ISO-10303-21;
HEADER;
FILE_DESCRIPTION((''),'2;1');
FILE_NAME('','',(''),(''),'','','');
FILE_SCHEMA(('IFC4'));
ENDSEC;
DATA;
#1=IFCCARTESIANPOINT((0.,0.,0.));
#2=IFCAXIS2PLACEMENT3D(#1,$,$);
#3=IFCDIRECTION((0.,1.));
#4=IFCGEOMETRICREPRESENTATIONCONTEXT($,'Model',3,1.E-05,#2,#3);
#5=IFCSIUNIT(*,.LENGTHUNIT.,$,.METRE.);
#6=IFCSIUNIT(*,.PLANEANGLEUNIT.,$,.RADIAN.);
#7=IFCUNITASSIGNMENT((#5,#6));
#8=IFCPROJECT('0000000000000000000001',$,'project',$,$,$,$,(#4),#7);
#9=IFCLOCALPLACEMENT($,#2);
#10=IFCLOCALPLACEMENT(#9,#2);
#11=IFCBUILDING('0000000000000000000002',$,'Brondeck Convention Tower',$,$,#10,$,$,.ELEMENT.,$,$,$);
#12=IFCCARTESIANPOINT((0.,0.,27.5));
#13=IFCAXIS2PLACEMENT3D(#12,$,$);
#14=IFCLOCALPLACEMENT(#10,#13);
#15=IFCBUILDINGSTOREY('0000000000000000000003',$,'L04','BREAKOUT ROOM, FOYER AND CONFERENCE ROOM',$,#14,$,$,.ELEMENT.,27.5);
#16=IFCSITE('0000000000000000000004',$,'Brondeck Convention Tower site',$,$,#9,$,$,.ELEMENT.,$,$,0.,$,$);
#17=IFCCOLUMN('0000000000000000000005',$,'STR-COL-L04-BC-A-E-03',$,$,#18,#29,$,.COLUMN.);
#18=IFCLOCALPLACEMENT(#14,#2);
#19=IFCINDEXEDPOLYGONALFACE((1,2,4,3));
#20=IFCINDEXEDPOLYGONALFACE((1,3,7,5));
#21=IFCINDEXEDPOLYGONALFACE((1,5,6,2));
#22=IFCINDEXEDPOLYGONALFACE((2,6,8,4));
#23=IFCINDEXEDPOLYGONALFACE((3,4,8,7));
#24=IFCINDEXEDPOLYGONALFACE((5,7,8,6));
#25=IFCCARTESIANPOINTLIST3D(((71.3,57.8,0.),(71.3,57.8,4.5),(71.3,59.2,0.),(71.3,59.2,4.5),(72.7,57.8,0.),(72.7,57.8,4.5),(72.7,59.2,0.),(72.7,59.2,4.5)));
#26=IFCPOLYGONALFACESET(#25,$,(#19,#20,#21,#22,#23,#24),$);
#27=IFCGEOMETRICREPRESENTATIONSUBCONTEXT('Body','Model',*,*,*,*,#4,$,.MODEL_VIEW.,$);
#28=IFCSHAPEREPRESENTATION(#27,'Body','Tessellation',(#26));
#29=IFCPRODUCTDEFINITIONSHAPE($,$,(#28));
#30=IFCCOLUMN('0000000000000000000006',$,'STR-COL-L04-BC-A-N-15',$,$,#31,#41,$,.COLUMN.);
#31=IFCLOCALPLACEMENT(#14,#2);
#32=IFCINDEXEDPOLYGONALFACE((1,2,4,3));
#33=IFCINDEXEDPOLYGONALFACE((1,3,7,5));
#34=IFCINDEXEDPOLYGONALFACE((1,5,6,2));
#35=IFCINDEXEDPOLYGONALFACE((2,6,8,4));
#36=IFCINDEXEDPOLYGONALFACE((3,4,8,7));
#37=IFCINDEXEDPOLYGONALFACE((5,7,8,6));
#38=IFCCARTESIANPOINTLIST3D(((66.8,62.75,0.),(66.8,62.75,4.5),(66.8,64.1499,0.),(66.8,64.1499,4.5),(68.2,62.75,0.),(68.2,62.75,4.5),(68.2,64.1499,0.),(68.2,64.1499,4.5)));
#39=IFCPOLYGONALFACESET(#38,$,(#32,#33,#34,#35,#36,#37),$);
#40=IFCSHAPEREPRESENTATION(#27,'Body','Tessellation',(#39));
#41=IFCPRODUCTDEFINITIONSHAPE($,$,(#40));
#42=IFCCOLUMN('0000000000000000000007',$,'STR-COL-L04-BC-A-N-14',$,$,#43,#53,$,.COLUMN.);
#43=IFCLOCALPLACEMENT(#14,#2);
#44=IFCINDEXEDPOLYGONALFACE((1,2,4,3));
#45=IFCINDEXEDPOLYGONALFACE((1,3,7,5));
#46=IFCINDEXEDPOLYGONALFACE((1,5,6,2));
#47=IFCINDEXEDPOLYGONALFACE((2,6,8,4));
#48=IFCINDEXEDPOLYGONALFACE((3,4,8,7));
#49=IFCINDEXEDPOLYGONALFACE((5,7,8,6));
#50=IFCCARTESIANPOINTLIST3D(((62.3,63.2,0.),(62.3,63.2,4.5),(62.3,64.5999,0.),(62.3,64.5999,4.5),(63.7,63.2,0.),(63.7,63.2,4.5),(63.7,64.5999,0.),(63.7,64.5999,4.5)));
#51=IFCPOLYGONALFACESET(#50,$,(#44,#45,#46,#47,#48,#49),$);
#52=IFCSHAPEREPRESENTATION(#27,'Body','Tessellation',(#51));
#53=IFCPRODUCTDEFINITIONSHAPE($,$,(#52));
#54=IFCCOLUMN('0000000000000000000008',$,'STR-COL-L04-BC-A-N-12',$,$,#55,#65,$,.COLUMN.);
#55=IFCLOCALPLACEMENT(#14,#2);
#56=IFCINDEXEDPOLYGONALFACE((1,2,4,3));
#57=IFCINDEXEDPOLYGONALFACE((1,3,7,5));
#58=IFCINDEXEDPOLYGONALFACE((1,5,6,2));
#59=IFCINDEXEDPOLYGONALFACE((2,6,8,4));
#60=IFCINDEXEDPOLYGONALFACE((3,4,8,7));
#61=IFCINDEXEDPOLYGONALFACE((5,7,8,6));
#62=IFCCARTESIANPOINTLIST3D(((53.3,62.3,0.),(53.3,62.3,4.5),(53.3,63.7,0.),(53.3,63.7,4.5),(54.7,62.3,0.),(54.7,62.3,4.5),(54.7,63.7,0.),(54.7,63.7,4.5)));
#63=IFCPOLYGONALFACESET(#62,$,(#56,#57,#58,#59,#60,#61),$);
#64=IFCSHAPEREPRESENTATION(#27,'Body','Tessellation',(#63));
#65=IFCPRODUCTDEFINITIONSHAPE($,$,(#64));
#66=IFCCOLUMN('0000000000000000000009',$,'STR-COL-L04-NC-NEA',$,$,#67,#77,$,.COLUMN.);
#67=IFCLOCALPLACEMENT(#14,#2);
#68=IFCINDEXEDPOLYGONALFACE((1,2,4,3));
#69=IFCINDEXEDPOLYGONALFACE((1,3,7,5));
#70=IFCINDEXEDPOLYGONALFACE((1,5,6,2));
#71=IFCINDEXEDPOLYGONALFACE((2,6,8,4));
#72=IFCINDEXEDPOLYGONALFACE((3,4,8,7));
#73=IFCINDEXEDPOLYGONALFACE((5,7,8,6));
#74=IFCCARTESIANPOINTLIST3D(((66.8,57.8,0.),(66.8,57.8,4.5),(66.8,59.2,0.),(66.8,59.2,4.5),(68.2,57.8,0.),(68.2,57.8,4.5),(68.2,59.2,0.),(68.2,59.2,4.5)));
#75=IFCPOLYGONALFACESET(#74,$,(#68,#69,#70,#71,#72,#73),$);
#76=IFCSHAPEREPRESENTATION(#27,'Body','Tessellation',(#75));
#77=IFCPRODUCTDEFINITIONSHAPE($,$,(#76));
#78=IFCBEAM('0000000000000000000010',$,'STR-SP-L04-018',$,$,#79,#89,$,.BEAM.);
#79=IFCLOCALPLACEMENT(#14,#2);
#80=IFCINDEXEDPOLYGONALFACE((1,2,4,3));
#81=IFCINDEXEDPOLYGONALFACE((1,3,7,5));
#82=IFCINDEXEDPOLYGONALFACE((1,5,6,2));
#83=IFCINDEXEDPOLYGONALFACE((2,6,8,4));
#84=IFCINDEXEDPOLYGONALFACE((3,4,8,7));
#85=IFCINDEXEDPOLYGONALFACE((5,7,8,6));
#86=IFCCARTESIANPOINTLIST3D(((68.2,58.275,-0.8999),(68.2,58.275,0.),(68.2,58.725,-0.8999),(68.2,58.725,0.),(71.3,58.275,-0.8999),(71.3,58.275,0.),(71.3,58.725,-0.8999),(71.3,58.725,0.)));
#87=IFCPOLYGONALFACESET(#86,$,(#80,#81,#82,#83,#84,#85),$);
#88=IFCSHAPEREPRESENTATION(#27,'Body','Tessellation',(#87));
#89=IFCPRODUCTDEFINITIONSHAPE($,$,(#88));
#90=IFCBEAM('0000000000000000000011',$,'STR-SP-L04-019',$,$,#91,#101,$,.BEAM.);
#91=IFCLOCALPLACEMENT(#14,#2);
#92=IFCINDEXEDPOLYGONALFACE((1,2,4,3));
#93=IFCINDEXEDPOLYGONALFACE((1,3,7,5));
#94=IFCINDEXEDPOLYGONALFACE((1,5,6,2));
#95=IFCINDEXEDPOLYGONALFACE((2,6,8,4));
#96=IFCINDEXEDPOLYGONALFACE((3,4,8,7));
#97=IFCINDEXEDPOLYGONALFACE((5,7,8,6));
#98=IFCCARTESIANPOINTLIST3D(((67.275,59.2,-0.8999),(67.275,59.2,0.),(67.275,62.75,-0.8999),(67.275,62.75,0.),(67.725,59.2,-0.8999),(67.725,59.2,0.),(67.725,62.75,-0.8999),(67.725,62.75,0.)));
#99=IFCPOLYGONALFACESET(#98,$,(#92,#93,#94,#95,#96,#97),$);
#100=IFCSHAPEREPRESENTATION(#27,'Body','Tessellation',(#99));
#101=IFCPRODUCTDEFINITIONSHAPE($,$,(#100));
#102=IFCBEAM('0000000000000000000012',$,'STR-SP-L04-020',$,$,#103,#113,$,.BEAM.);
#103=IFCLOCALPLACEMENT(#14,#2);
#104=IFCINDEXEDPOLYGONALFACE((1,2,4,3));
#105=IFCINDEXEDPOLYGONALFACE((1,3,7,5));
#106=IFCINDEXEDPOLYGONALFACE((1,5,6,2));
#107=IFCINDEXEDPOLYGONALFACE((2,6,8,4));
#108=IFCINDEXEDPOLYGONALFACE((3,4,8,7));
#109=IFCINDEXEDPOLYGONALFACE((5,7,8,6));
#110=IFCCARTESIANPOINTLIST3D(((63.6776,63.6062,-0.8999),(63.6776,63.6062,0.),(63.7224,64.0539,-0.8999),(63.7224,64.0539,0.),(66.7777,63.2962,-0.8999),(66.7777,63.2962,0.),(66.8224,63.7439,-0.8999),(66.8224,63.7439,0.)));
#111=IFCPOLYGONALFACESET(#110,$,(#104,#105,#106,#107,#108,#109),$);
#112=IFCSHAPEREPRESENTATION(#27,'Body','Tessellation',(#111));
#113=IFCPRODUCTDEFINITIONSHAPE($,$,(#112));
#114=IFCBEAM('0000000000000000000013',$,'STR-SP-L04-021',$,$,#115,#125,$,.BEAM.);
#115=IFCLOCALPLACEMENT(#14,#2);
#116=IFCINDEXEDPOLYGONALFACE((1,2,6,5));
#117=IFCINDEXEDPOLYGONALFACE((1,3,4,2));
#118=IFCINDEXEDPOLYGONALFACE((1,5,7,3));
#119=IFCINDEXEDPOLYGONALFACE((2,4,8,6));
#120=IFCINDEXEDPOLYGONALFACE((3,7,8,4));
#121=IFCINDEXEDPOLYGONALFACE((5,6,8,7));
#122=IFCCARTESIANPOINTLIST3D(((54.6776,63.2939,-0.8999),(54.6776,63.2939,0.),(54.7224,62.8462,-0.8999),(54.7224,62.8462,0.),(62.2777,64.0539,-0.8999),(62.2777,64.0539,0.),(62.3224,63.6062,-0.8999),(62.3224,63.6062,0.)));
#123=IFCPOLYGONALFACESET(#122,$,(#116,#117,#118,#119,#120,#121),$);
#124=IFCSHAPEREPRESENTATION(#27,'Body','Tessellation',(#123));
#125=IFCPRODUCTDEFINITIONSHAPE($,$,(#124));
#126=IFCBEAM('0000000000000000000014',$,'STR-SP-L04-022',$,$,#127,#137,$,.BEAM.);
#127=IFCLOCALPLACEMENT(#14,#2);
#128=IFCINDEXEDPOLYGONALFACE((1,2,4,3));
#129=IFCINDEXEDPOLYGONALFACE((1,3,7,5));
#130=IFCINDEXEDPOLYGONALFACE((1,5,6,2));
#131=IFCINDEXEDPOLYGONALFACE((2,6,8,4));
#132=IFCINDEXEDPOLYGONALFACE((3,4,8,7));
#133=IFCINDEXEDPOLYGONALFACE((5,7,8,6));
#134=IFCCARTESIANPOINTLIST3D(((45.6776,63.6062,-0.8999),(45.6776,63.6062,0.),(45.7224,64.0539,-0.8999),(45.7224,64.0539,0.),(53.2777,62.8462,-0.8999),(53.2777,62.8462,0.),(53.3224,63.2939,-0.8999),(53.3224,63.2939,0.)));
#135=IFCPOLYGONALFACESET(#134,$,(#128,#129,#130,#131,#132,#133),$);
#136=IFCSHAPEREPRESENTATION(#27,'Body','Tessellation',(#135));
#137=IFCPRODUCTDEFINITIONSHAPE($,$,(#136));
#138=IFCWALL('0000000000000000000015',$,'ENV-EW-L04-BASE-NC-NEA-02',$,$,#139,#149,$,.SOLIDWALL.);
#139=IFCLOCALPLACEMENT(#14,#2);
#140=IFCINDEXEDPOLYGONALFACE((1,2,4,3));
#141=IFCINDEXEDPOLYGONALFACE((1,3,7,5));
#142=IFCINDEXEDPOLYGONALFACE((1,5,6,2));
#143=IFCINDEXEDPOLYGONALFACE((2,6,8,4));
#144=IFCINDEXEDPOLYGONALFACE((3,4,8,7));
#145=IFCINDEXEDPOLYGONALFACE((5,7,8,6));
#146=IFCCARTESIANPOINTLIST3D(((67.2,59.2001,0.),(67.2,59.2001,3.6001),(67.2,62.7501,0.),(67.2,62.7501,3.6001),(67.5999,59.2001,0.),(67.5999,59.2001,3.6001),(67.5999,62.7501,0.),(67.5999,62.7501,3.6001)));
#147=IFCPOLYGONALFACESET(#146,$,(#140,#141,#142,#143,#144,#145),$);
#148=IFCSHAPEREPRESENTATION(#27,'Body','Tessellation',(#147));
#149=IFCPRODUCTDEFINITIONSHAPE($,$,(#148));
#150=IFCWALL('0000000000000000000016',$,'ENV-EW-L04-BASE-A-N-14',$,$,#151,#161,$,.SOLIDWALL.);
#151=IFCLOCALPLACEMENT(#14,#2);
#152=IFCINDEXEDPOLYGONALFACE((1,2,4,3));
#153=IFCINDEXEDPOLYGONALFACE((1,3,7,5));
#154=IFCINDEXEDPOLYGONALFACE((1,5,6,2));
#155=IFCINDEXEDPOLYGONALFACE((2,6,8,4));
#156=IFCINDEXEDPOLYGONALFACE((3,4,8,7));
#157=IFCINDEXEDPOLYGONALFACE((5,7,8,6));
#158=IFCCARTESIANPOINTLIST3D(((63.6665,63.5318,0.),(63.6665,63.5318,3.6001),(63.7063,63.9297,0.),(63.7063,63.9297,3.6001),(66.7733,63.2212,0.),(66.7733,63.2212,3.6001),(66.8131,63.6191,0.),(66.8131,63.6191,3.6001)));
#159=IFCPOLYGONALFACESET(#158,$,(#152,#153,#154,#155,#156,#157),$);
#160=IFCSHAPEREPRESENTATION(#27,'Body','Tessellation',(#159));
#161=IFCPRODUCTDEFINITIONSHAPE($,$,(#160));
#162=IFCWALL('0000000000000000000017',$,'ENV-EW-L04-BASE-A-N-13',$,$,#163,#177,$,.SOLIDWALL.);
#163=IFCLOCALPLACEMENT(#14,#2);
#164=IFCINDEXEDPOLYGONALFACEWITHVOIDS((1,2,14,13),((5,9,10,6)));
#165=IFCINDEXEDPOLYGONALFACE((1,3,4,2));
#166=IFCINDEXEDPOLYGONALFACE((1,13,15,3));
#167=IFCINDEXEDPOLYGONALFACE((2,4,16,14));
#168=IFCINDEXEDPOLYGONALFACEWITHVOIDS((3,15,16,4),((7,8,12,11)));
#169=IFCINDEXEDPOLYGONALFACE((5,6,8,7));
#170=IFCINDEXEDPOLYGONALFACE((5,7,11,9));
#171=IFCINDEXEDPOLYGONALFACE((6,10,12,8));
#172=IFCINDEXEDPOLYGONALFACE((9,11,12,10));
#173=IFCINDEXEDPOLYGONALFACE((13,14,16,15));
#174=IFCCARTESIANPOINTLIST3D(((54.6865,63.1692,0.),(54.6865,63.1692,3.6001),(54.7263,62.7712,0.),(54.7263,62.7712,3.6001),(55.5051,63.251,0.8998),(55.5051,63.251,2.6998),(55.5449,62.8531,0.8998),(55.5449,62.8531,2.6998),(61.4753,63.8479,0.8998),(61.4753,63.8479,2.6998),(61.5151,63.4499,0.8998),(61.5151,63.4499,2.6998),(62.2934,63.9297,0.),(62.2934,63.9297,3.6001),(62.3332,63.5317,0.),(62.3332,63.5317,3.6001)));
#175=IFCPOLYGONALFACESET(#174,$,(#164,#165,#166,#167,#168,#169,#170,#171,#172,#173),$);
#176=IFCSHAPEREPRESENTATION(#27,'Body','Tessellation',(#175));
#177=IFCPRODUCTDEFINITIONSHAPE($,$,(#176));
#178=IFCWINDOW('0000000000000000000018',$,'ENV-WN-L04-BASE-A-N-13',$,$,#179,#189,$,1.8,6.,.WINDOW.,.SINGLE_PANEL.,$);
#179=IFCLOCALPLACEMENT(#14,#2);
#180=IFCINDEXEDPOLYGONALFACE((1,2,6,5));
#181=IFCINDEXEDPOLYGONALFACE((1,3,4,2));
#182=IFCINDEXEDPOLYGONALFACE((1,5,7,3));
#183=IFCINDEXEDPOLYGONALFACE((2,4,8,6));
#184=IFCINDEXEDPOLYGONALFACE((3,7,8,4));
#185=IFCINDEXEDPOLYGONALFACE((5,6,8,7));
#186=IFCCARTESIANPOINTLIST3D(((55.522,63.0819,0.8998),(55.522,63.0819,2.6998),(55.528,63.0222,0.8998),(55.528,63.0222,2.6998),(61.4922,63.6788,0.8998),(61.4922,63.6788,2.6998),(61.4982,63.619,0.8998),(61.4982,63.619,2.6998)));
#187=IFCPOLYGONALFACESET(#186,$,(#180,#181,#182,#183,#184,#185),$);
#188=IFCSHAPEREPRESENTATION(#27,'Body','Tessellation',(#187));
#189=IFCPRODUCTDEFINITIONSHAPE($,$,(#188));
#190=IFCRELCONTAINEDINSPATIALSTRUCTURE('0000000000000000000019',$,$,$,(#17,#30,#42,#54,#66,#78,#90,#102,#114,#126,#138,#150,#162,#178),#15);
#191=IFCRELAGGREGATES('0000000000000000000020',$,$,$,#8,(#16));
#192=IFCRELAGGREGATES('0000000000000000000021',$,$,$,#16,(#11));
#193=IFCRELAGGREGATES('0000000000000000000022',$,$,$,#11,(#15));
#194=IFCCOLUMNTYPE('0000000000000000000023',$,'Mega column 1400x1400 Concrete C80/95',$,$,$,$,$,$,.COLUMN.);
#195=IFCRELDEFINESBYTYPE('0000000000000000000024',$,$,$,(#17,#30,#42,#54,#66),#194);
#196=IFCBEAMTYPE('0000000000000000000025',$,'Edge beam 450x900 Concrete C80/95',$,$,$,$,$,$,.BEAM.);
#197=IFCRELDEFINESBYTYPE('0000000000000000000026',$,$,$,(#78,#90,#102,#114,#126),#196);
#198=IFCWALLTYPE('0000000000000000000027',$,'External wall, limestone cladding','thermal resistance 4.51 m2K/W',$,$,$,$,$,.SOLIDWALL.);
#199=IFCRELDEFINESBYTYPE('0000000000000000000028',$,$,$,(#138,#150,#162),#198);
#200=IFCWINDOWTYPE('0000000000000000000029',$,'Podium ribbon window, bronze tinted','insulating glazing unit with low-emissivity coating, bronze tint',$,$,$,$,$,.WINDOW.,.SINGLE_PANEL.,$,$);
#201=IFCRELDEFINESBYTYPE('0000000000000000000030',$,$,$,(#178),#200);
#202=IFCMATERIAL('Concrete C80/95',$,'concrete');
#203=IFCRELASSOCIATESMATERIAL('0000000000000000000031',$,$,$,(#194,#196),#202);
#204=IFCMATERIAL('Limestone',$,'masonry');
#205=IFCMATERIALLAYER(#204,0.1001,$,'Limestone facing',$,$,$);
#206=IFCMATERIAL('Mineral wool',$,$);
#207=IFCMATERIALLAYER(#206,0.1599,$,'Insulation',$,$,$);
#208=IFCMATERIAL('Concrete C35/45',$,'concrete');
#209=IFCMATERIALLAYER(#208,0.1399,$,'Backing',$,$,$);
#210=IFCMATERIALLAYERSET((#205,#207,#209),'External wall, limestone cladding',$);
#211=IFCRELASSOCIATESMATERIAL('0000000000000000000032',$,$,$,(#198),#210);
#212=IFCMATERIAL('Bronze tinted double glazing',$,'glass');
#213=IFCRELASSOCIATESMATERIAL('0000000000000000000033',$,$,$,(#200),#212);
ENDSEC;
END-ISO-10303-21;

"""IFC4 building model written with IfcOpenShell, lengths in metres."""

from ifc_helpers import new_model, si_unit, direction, frame, frame_2d, origin, origin_2d, place, context, subcontext, project, spatial, rectangle, extrude, material, layer, layer_set, material_profile, profile_set, type_object, element, fill, save


model = new_model("IFC4")

# Units and contexts
model_context = context("Model", 3, precision=1e-05, world=origin(), true_north=direction((0.0, 1.0)))
body_context = subcontext(model_context, "Body", "Model", "MODEL_VIEW")
ifc_project = project(units=[si_unit("LENGTHUNIT", "METRE"), si_unit("PLANEANGLEUNIT", "RADIAN")], contexts=[model_context])

# Site, building, storey
site_placement = place(None, origin())
site = spatial("IfcSite", under=ifc_project, at=site_placement, Name="Brondeck Convention Tower site", CompositionType="ELEMENT", RefElevation=0.0)
building_placement = place(site_placement, origin())
building = spatial("IfcBuilding", under=site, at=building_placement, Name="Brondeck Convention Tower", CompositionType="ELEMENT")
storey_placement = place(building_placement, frame((0.0, 0.0, 27.5)))
storey = spatial("IfcBuildingStorey", under=building, at=storey_placement, Name="L04", Description="BREAKOUT ROOM, FOYER AND CONFERENCE ROOM", CompositionType="ELEMENT", Elevation=27.5)

# Columns
ifc_material_1 = material(Name="Concrete C80/95", Category="concrete")
ifc_material_profile_1 = material_profile(ifc_material_1, rectangle(XDim=1.3999, YDim=1.3999, at=origin_2d()), Name="Mega column 1400x1400 Concrete C80/95")
ifc_profile_set_1 = profile_set([ifc_material_profile_1], Name="Concrete C80/95")
column_type = type_object("IfcColumnType", Name="Mega column 1400x1400 Concrete C80/95", PredefinedType="COLUMN", material=ifc_profile_set_1)
for number, where, z_axis, x_axis, name in (
    (1, (72.0, 58.5, 0.0), (0.0, 0.0, 1.0), (1.0, 0.0, 0.0), "STR-COL-L04-BC-A-E-03"),
    (2, (67.5, 63.45, 0.0), (0.0, 0.0, 1.0), (1.0, 0.0, 0.0), "STR-COL-L04-BC-A-N-15"),
    (3, (63.0, 63.8999, 0.0), (0.0, 0.0, 1.0), (1.0, 0.0, 0.0), "STR-COL-L04-BC-A-N-14"),
    (4, (54.0, 63.0, 0.0), (0.0, 0.0, 1.0), (1.0, 0.0, 0.0), "STR-COL-L04-BC-A-N-12"),
    (5, (67.5, 58.5, 0.0), (0.0, 0.0, 1.0), (1.0, 0.0, 0.0), "STR-COL-L04-NC-NEA"),
):
    element("IfcColumn", number, at=place(storey_placement, frame(where, z_axis=z_axis, x_axis=x_axis)), inside=storey, type_object=column_type, Name=name, PredefinedType="COLUMN", context=body_context, shape_type="SweptSolid", body=[
        extrude(rectangle(XDim=1.3999, YDim=1.3999, at=origin_2d()), origin(), (0.0, 0.0, 1.0), 4.5),
    ])

# Beams
ifc_material_profile_2 = material_profile(ifc_material_1, rectangle(XDim=0.45, YDim=0.8999, at=origin_2d()), Name="Edge beam 450x900 Concrete C80/95")
ifc_profile_set_2 = profile_set([ifc_material_profile_2], Name="Concrete C80/95")
beam_type = type_object("IfcBeamType", Name="Edge beam 450x900 Concrete C80/95", PredefinedType="BEAM", material=ifc_profile_set_2)
beam_1_placement = place(storey_placement, frame((71.3, 58.5, -0.45), z_axis=(-1.0, 0.0, 0.0), x_axis=(0.0, -1.0, 0.0)))
element("IfcBeam", 6, at=beam_1_placement, inside=storey, type_object=beam_type, Name="STR-SP-L04-018", PredefinedType="BEAM", context=body_context, shape_type="SweptSolid", body=[
    extrude(rectangle(XDim=0.45, YDim=0.8999, at=origin_2d()), origin(), (0.0, 0.0, 1.0), 3.1001),
])
beam_2_placement = place(storey_placement, frame((67.5, 59.2, -0.45), z_axis=(0.0, 1.0, 0.0), x_axis=(-1.0, 0.0, 0.0)))
element("IfcBeam", 7, at=beam_2_placement, inside=storey, type_object=beam_type, Name="STR-SP-L04-019", PredefinedType="BEAM", context=body_context, shape_type="SweptSolid", body=[
    extrude(rectangle(XDim=0.45, YDim=0.8999, at=origin_2d()), origin(), (0.0, 0.0, 1.0), 3.55),
])
beam_3_placement = place(storey_placement, frame((66.8, 63.52, -0.45), z_axis=(-0.995036, 0.099519, 0.0), x_axis=(-0.099519, -0.995036, 0.0)))
element("IfcBeam", 8, at=beam_3_placement, inside=storey, type_object=beam_type, Name="STR-SP-L04-020", PredefinedType="BEAM", context=body_context, shape_type="SweptSolid", body=[
    extrude(rectangle(XDim=0.45, YDim=0.8999, at=origin_2d()), origin(), (0.0, 0.0, 1.0), 3.1155),
])
for number, where, z_axis, x_axis, name in (
    (9, (62.3, 63.8301, -0.45), (-0.995037, -0.099504, 0.0), (0.099504, -0.995037, 0.0), "STR-SP-L04-021"),
    (10, (53.3, 63.0701, -0.45), (-0.995037, 0.099504, 0.0), (-0.099504, -0.995037, 0.0), "STR-SP-L04-022"),
):
    element("IfcBeam", number, at=place(storey_placement, frame(where, z_axis=z_axis, x_axis=x_axis)), inside=storey, type_object=beam_type, Name=name, PredefinedType="BEAM", context=body_context, shape_type="SweptSolid", body=[
        extrude(rectangle(XDim=0.45, YDim=0.8999, at=origin_2d()), origin(), (0.0, 0.0, 1.0), 7.6379),
    ])

# Walls
ifc_material_2 = material(Name="Limestone", Category="masonry")
ifc_layer_1 = layer(ifc_material_2, 0.1001, Name="Limestone facing")
ifc_material_3 = material(Name="Mineral wool")
ifc_layer_2 = layer(ifc_material_3, 0.1599, Name="Insulation")
ifc_material_4 = material(Name="Concrete C35/45", Category="concrete")
ifc_layer_3 = layer(ifc_material_4, 0.1399, Name="Backing")
ifc_layer_set_1 = layer_set([ifc_layer_1, ifc_layer_2, ifc_layer_3], Name="External wall, limestone cladding")
wall_type_1 = type_object("IfcWallType", Name="External wall, limestone cladding", Description="thermal resistance 4.51 m2K/W", PredefinedType="SOLIDWALL", material=ifc_layer_set_1)
wall_1_placement = place(storey_placement, frame((67.3999, 62.75, 0.0), z_axis=(0.0, 0.0, 1.0), x_axis=(0.0, -1.0, 0.0)))
element("IfcWall", 11, at=wall_1_placement, inside=storey, type_object=wall_type_1, Name="ENV-EW-L04-BASE-NC-NEA-02", PredefinedType="SOLIDWALL", context=body_context, shape_type="SweptSolid", body=[
    extrude(rectangle(XDim=3.55, YDim=0.3999, at=frame_2d((1.7749, 0.0))), origin(), (0.0, 0.0, 1.0), 3.6001),
])
wall_2_placement = place(storey_placement, frame((63.6865, 63.7307, 0.0), z_axis=(0.0, 0.0, 1.0), x_axis=(0.995042, -0.099457, 0.0)))
element("IfcWall", 12, at=wall_2_placement, inside=storey, type_object=wall_type_1, Name="ENV-EW-L04-BASE-A-N-14", PredefinedType="SOLIDWALL", context=body_context, shape_type="SweptSolid", body=[
    extrude(rectangle(XDim=3.1223, YDim=0.3999, at=frame_2d((1.561, 0.0))), origin(), (0.0, 0.0, 1.0), 3.6001),
])

# Wall, opening, window
wall_3_placement = place(storey_placement, frame((54.7065, 62.9702, 0.0), z_axis=(0.0, 0.0, 1.0), x_axis=(0.99504, 0.099478, 0.0)))
wall_3 = element("IfcWall", 13, at=wall_3_placement, inside=storey, type_object=wall_type_1, Name="ENV-EW-L04-BASE-A-N-13", PredefinedType="SOLIDWALL", context=body_context, shape_type="SweptSolid", body=[
    extrude(rectangle(XDim=7.6448, YDim=0.3999, at=frame_2d((3.8223, 0.0))), origin(), (0.0, 0.0, 1.0), 3.6001),
])
opening_1_placement = place(wall_3_placement, frame((0.8225, 0.0, 0.8999)))
opening_1 = element("IfcOpeningElement", 14, at=opening_1_placement, cuts=wall_3, PredefinedType="OPENING", context=body_context, shape_type="SweptSolid", body=[
    extrude(rectangle(XDim=6.0, YDim=1.8, at=frame_2d((3.0, 0.8999))), frame((0.0, 0.21, 0.0), z_axis=(0.0, -1.0, 0.0), x_axis=(1.0, 0.0, 0.0)), (0.0, 0.0, 1.0), 0.4199),
])
ifc_material_5 = material(Name="Bronze tinted double glazing", Category="glass")
window_type = type_object("IfcWindowType", Name="Podium ribbon window, bronze tinted", Description="insulating glazing unit with low-emissivity coating, bronze tint", PartitioningType="SINGLE_PANEL", PredefinedType="WINDOW", material=ifc_material_5)
window_placement = place(opening_1_placement, origin())
window = element("IfcWindow", 15, at=window_placement, inside=storey, type_object=window_type, Name="ENV-WN-L04-BASE-A-N-13", OverallHeight=1.8, OverallWidth=6.0, PartitioningType="SINGLE_PANEL", PredefinedType="WINDOW", context=body_context, shape_type="SweptSolid", body=[
    extrude(rectangle(XDim=6.0, YDim=1.8, at=frame_2d((3.0, 0.8999))), frame((0.0, 0.03, 0.0), z_axis=(0.0, -1.0, 0.0), x_axis=(1.0, 0.0, 0.0)), (0.0, 0.0, 1.0), 0.0601),
])
fill(opening_1, window)

save(model, "model.ifc")
